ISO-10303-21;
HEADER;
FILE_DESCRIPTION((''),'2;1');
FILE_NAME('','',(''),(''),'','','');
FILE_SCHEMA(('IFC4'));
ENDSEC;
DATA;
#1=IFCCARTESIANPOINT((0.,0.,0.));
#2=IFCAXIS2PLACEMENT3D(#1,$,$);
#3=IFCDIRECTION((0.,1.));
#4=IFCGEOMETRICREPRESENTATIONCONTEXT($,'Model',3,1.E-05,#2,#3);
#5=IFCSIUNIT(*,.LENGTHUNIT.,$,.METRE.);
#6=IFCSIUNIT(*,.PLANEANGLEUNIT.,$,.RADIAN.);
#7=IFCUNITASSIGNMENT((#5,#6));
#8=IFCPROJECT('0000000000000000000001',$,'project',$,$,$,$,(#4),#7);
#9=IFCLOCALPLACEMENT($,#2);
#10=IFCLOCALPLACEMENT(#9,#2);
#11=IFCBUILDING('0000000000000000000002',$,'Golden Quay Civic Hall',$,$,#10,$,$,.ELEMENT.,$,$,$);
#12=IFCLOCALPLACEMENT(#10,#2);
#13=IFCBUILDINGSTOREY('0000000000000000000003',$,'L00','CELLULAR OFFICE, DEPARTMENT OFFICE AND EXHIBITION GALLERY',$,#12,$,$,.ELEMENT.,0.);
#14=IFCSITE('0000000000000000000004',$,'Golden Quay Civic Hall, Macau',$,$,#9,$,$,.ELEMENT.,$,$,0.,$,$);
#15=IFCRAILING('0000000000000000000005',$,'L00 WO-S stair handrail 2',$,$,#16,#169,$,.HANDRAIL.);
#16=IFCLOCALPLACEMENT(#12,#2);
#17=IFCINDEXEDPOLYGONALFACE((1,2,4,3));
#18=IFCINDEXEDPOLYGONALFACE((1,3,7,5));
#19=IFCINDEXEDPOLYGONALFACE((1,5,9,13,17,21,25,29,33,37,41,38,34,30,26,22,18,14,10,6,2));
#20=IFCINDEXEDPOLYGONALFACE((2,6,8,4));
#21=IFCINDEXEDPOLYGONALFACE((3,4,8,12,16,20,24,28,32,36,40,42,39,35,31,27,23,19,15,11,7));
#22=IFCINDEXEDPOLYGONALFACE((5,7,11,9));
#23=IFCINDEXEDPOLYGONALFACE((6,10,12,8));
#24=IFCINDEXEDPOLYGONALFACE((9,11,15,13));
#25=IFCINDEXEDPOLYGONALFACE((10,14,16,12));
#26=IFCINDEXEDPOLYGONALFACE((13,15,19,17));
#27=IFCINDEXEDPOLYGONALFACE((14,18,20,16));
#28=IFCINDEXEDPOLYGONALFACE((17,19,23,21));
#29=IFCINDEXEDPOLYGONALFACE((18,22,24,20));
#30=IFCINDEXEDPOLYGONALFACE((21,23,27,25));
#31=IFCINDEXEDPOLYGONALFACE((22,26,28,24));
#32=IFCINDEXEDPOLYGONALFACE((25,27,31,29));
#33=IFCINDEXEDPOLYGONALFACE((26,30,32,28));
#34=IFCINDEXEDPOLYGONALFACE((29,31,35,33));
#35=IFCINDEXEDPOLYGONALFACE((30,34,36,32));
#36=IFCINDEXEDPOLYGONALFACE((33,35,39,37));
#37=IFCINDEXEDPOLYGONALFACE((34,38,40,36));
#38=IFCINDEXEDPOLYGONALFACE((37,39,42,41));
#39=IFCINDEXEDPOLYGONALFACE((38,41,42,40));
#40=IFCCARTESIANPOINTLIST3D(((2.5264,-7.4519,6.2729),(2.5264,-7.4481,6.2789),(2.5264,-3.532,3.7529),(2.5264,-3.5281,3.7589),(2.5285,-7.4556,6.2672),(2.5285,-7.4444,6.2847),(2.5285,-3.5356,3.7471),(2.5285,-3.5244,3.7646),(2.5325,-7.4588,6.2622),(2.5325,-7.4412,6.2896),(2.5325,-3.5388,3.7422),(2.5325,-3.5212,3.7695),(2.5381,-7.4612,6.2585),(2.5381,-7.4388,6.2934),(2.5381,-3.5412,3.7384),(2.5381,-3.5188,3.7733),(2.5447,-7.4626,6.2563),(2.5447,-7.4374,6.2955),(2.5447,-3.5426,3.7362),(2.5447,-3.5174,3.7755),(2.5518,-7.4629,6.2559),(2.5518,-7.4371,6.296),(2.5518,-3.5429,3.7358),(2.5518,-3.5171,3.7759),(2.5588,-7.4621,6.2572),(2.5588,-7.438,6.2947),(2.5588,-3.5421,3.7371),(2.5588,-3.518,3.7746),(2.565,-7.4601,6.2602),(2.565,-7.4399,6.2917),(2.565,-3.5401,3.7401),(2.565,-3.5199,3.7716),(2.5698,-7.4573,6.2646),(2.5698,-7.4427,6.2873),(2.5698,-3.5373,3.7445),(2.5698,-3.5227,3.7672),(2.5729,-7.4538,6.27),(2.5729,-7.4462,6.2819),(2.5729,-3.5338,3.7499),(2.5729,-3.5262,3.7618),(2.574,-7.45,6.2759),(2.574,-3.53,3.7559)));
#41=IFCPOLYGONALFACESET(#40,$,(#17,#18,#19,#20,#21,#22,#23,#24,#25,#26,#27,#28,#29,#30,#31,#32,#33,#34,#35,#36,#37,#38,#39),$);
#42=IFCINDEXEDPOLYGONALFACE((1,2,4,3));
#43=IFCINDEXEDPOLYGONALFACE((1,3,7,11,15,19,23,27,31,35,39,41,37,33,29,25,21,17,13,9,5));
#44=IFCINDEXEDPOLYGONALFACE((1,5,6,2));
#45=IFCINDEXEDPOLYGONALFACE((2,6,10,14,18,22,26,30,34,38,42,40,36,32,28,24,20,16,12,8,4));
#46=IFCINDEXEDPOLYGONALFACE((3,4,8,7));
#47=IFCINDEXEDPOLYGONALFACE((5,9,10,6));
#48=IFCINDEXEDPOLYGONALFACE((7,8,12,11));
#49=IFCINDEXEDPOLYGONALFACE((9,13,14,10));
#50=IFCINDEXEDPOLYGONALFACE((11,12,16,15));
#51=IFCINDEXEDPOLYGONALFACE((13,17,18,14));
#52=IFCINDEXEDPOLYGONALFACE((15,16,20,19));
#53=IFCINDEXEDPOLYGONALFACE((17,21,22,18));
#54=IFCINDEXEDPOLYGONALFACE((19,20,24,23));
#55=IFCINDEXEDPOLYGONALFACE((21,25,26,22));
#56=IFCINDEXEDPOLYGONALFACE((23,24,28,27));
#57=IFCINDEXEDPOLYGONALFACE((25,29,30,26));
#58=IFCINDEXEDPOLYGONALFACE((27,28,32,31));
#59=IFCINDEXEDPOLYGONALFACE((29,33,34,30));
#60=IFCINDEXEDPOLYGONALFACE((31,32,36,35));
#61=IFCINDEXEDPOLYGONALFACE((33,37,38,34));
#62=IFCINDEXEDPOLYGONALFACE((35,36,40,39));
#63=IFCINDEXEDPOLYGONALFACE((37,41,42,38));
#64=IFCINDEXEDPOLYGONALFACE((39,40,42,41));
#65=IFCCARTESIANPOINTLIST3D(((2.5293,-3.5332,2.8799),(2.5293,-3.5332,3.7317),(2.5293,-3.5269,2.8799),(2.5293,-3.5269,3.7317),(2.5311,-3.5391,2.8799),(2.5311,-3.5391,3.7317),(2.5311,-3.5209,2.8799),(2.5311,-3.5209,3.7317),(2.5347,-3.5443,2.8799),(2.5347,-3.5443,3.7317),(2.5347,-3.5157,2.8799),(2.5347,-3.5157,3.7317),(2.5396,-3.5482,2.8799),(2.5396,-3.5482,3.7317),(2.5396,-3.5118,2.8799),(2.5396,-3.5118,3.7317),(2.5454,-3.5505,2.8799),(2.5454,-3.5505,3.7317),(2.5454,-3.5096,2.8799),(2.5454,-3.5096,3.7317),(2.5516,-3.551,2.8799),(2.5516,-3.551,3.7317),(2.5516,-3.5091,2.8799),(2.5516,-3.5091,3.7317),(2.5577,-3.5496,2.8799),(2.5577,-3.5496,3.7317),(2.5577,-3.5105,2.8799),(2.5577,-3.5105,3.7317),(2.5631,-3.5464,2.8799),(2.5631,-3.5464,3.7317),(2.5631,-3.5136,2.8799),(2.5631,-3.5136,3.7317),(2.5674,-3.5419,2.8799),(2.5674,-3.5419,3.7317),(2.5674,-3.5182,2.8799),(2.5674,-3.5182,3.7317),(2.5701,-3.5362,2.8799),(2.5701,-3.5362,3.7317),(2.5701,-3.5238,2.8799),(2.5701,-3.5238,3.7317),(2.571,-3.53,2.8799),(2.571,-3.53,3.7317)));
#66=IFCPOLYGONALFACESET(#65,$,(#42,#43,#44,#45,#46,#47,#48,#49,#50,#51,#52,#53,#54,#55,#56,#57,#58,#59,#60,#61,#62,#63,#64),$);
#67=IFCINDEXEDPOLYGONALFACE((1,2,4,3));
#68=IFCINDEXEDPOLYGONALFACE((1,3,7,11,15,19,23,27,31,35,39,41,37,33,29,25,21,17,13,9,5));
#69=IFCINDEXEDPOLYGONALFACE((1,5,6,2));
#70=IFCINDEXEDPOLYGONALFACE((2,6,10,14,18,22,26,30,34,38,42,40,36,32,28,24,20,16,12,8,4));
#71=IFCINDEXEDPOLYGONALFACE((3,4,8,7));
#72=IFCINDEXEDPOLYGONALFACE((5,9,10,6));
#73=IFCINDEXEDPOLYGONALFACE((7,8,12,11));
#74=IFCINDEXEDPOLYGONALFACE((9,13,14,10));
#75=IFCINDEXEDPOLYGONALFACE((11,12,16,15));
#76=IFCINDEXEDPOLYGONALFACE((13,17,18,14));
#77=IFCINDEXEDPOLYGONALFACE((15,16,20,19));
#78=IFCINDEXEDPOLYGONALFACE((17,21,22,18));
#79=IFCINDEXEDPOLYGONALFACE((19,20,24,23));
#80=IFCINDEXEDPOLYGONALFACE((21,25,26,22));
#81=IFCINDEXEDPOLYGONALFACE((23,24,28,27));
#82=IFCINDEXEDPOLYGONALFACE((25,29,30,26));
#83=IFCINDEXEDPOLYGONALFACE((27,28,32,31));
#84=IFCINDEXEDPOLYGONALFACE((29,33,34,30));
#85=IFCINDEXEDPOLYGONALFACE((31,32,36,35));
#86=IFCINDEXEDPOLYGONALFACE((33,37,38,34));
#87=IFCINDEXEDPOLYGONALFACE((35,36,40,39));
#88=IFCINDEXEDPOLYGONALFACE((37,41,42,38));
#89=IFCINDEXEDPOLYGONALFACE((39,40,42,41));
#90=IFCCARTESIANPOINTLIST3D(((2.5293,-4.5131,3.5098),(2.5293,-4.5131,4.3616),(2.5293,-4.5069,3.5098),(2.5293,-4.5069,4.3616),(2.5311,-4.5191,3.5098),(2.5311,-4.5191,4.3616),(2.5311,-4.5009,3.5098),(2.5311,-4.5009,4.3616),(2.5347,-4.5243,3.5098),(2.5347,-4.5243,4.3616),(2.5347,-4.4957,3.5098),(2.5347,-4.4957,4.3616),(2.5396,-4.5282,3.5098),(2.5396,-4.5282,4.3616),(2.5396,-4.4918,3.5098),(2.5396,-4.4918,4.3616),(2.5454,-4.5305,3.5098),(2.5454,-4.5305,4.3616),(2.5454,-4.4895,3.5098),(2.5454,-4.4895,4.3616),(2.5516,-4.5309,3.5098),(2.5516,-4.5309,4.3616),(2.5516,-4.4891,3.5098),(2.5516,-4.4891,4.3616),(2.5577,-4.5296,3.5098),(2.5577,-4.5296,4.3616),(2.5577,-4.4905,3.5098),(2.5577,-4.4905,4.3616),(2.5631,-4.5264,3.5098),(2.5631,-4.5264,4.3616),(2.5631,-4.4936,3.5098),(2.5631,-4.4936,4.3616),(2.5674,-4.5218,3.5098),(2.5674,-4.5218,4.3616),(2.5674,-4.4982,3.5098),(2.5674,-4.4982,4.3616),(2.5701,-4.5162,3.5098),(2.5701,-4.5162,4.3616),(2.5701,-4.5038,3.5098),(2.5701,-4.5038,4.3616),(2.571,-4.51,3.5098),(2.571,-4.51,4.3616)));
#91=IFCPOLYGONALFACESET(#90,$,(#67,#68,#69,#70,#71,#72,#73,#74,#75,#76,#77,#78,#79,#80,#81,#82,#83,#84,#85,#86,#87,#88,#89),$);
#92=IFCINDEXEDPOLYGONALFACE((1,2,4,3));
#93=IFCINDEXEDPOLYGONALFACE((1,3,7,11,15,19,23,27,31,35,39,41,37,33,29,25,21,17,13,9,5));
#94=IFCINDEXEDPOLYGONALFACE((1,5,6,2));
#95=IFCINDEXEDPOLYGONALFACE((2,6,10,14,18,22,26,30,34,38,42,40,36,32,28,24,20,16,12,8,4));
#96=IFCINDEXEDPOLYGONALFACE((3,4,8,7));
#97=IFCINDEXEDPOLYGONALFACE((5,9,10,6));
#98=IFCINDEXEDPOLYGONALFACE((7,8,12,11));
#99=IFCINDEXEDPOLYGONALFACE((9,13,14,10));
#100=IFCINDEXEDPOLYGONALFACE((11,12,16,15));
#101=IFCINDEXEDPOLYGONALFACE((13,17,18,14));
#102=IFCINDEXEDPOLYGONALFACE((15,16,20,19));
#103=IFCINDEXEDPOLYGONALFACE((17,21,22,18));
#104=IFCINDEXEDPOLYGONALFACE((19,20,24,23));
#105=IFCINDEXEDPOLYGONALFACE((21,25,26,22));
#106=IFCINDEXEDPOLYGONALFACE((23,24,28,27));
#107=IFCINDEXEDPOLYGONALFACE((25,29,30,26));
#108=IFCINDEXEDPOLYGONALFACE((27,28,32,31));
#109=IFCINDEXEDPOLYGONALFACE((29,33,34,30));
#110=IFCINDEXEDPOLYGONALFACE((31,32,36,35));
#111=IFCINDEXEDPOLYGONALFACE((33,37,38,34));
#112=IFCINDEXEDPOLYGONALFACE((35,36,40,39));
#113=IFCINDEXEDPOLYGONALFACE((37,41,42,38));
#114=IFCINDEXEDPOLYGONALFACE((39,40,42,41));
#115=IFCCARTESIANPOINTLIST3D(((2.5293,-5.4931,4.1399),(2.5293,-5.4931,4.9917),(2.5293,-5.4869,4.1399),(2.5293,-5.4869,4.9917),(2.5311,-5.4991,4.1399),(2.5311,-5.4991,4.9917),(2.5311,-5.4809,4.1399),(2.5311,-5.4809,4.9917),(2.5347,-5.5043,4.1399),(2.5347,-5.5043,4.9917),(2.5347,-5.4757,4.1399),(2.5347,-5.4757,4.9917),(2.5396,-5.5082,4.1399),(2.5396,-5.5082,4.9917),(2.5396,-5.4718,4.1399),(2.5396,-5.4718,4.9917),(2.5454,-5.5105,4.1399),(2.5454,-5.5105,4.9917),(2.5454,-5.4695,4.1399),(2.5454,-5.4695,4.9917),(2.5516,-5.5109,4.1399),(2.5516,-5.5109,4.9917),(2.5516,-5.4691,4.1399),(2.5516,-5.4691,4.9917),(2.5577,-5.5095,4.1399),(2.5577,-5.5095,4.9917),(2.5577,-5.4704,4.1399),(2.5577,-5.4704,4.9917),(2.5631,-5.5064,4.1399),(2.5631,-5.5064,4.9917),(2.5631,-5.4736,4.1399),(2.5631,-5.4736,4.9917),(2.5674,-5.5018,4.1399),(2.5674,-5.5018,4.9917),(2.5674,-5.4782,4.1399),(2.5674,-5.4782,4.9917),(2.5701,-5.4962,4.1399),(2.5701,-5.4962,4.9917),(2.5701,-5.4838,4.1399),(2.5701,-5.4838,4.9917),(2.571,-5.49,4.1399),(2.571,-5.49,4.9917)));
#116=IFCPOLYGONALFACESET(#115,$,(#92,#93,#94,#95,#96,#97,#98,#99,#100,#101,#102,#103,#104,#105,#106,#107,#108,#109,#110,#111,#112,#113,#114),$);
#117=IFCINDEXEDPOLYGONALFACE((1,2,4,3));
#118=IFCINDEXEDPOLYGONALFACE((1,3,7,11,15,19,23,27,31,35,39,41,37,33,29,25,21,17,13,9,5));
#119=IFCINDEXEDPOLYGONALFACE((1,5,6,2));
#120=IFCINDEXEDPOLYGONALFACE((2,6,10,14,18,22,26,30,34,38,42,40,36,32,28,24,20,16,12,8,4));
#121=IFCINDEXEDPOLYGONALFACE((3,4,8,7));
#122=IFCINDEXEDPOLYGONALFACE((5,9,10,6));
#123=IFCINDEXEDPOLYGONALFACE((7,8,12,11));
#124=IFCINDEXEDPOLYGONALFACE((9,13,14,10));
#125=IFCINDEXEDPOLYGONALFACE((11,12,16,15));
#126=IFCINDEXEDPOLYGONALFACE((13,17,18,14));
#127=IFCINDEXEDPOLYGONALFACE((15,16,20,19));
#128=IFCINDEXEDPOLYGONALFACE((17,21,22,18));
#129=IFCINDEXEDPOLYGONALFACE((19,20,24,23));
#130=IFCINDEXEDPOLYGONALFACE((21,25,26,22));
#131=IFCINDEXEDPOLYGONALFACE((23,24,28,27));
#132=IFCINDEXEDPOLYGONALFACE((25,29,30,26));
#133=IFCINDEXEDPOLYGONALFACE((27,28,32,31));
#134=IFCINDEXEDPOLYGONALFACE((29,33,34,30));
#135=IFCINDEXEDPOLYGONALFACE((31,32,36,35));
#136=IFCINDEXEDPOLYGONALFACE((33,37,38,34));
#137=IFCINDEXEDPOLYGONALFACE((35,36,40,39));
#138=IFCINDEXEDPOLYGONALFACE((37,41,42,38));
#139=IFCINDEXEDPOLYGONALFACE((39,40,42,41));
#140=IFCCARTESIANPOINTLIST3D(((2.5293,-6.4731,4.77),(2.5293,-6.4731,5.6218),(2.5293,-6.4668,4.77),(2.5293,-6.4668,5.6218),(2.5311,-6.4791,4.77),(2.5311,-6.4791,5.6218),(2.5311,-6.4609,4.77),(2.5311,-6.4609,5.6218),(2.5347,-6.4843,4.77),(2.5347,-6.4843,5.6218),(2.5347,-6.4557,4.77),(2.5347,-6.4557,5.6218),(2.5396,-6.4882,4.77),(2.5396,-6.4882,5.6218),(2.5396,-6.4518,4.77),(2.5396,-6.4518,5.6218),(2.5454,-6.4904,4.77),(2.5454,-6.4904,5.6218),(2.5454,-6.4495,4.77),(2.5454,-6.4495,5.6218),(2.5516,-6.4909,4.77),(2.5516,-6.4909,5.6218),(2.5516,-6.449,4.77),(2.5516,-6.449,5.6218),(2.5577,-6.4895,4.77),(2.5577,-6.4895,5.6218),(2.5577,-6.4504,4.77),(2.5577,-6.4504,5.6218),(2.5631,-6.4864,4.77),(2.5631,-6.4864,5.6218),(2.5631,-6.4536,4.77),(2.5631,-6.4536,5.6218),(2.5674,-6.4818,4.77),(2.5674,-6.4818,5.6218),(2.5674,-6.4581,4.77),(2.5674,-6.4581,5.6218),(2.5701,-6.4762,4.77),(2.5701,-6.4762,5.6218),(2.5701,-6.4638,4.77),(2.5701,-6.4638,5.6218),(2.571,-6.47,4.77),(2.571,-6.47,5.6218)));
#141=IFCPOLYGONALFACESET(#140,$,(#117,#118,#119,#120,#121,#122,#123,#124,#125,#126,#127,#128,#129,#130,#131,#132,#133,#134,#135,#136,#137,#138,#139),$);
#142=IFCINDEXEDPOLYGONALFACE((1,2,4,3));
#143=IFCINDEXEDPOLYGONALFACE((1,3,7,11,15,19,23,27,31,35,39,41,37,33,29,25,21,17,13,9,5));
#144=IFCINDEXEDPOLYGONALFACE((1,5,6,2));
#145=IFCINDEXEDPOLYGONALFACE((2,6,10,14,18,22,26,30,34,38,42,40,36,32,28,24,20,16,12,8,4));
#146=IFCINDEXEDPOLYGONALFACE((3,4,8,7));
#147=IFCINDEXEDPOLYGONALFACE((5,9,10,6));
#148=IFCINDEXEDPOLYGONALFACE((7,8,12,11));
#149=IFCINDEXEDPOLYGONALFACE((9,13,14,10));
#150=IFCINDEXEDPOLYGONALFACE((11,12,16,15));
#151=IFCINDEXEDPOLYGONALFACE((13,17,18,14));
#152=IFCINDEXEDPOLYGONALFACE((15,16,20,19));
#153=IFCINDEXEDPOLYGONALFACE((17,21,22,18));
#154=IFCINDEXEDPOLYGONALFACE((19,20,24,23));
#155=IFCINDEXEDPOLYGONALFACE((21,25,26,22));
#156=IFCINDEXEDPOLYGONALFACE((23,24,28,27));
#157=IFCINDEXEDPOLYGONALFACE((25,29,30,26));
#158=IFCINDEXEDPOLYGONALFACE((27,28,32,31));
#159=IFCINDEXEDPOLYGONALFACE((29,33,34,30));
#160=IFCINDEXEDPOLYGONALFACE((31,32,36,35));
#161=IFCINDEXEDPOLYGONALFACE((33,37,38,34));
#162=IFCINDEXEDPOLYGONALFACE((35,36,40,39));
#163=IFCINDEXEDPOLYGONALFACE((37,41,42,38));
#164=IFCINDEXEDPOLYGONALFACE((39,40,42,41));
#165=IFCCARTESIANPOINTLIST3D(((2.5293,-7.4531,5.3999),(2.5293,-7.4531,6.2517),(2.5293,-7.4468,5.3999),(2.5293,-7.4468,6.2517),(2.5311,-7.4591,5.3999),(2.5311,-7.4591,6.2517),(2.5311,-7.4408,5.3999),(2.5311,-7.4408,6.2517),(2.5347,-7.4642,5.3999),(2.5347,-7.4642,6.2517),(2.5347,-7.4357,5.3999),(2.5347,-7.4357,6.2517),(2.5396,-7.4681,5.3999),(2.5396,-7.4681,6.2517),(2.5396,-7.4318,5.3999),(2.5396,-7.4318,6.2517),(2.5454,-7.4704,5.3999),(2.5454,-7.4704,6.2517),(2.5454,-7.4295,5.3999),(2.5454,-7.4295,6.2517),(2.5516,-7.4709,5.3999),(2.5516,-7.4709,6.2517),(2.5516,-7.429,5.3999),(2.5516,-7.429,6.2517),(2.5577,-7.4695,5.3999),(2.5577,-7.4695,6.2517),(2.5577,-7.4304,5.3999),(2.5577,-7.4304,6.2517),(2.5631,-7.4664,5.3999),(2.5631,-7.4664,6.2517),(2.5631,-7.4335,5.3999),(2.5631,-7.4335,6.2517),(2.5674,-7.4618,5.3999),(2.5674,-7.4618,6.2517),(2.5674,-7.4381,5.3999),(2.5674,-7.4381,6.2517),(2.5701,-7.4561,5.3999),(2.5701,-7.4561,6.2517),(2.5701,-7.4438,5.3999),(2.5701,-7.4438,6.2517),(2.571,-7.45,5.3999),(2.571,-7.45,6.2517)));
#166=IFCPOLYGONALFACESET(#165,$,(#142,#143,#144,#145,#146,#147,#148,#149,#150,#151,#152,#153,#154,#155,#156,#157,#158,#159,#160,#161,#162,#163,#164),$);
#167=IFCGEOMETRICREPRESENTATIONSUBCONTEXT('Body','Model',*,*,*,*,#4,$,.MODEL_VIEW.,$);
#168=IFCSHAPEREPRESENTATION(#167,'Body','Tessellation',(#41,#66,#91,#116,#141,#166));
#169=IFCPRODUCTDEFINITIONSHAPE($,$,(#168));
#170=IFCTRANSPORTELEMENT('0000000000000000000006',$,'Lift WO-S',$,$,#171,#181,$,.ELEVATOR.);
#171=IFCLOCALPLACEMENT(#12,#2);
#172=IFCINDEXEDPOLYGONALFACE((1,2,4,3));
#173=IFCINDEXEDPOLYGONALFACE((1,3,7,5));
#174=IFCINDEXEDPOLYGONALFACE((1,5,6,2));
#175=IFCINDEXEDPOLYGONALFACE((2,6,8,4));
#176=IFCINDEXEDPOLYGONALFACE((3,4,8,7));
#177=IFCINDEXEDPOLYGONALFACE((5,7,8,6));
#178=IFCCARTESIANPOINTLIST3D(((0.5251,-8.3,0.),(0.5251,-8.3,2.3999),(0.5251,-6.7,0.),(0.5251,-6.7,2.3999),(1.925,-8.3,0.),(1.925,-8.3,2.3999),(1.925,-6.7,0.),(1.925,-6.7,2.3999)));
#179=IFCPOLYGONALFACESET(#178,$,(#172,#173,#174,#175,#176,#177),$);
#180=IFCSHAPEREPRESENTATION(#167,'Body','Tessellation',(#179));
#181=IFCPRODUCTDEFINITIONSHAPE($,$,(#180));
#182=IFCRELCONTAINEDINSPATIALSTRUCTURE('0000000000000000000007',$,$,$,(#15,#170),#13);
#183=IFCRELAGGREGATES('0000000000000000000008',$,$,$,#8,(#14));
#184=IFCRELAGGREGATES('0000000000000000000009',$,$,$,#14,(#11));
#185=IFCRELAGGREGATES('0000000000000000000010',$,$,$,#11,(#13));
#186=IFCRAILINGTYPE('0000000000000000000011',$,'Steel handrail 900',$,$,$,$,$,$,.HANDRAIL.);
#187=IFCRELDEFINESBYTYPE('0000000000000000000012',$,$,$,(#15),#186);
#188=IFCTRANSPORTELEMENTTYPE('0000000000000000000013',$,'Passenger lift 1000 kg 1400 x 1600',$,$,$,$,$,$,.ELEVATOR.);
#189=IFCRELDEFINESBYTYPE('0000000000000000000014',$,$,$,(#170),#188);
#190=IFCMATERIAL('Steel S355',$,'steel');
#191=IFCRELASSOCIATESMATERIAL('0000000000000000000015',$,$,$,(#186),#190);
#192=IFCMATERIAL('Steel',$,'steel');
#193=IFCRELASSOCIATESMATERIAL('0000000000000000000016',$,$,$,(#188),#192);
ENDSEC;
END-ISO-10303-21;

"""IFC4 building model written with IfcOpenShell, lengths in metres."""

from ifc_helpers import new_model, si_unit, direction, frame, origin, origin_2d, place, context, subcontext, project, spatial, rectangle, circle, extrude, material, type_object, element, save


model = new_model("IFC4")

# Units and contexts
model_context = context("Model", 3, precision=1e-05, world=origin(), true_north=direction((0.0, 1.0)))
body_context = subcontext(model_context, "Body", "Model", "MODEL_VIEW")
ifc_project = project(units=[si_unit("LENGTHUNIT", "METRE"), si_unit("PLANEANGLEUNIT", "RADIAN")], contexts=[model_context])

# Site, building, storey
site_placement = place(None, origin())
site = spatial("IfcSite", under=ifc_project, at=site_placement, Name="Golden Quay Civic Hall, Macau", CompositionType="ELEMENT", RefElevation=0.0)
building_placement = place(site_placement, origin())
building = spatial("IfcBuilding", under=site, at=building_placement, Name="Golden Quay Civic Hall", CompositionType="ELEMENT")
storey_placement = place(building_placement, origin())
storey = spatial("IfcBuildingStorey", under=building, at=storey_placement, Name="L00", Description="CELLULAR OFFICE, DEPARTMENT OFFICE AND EXHIBITION GALLERY", CompositionType="ELEMENT", Elevation=0.0)

# Railing
ifc_material_1 = material(Name="Steel S355", Category="steel")
railing_type_1 = type_object("IfcRailingType", Name="Steel handrail 900", PredefinedType="HANDRAIL", material=ifc_material_1)
railing_1_placement = place(storey_placement, frame((2.55, -3.53, 2.8799)))
element("IfcRailing", 1, at=railing_1_placement, inside=storey, type_object=railing_type_1, Name="L00 WO-S stair handrail 2", PredefinedType="HANDRAIL", context=body_context, shape_type="SweptSolid", body=[
    extrude(circle(Radius=0.0239, at=origin_2d()), frame((0.0, 0.0, 0.876), z_axis=(0.0, -0.841172, 0.540768), x_axis=(1.0, 0.0, 0.0)), (0.0, 0.0, 1.0), 4.6602),
    extrude(circle(Radius=0.021, at=origin_2d()), origin(), (0.0, 0.0, 1.0), 0.8518),
    extrude(circle(Radius=0.021, at=origin_2d()), frame((0.0, -0.98, 0.6299)), (0.0, 0.0, 1.0), 0.8518),
    extrude(circle(Radius=0.021, at=origin_2d()), frame((0.0, -1.96, 1.26)), (0.0, 0.0, 1.0), 0.8518),
    extrude(circle(Radius=0.021, at=origin_2d()), frame((0.0, -2.9399, 1.8901)), (0.0, 0.0, 1.0), 0.8518),
    extrude(circle(Radius=0.021, at=origin_2d()), frame((0.0, -3.9199, 2.52)), (0.0, 0.0, 1.0), 0.8518),
])

# Transport element
ifc_material_2 = material(Name="Steel", Category="steel")
transport_element_type = type_object("IfcTransportElementType", Name="Passenger lift 1000 kg 1400 x 1600", PredefinedType="ELEVATOR", material=ifc_material_2)
transport_element_placement = place(storey_placement, frame((1.2251, -7.5, 0.0), z_axis=(0.0, 0.0, 1.0), x_axis=(1.0, 0.0, 0.0)))
element("IfcTransportElement", 2, at=transport_element_placement, inside=storey, type_object=transport_element_type, Name="Lift WO-S", PredefinedType="ELEVATOR", context=body_context, shape_type="SweptSolid", body=[
    extrude(rectangle(XDim=1.3999, YDim=1.6001, at=origin_2d()), origin(), (0.0, 0.0, 1.0), 2.3999),
])

save(model, "model.ifc")
